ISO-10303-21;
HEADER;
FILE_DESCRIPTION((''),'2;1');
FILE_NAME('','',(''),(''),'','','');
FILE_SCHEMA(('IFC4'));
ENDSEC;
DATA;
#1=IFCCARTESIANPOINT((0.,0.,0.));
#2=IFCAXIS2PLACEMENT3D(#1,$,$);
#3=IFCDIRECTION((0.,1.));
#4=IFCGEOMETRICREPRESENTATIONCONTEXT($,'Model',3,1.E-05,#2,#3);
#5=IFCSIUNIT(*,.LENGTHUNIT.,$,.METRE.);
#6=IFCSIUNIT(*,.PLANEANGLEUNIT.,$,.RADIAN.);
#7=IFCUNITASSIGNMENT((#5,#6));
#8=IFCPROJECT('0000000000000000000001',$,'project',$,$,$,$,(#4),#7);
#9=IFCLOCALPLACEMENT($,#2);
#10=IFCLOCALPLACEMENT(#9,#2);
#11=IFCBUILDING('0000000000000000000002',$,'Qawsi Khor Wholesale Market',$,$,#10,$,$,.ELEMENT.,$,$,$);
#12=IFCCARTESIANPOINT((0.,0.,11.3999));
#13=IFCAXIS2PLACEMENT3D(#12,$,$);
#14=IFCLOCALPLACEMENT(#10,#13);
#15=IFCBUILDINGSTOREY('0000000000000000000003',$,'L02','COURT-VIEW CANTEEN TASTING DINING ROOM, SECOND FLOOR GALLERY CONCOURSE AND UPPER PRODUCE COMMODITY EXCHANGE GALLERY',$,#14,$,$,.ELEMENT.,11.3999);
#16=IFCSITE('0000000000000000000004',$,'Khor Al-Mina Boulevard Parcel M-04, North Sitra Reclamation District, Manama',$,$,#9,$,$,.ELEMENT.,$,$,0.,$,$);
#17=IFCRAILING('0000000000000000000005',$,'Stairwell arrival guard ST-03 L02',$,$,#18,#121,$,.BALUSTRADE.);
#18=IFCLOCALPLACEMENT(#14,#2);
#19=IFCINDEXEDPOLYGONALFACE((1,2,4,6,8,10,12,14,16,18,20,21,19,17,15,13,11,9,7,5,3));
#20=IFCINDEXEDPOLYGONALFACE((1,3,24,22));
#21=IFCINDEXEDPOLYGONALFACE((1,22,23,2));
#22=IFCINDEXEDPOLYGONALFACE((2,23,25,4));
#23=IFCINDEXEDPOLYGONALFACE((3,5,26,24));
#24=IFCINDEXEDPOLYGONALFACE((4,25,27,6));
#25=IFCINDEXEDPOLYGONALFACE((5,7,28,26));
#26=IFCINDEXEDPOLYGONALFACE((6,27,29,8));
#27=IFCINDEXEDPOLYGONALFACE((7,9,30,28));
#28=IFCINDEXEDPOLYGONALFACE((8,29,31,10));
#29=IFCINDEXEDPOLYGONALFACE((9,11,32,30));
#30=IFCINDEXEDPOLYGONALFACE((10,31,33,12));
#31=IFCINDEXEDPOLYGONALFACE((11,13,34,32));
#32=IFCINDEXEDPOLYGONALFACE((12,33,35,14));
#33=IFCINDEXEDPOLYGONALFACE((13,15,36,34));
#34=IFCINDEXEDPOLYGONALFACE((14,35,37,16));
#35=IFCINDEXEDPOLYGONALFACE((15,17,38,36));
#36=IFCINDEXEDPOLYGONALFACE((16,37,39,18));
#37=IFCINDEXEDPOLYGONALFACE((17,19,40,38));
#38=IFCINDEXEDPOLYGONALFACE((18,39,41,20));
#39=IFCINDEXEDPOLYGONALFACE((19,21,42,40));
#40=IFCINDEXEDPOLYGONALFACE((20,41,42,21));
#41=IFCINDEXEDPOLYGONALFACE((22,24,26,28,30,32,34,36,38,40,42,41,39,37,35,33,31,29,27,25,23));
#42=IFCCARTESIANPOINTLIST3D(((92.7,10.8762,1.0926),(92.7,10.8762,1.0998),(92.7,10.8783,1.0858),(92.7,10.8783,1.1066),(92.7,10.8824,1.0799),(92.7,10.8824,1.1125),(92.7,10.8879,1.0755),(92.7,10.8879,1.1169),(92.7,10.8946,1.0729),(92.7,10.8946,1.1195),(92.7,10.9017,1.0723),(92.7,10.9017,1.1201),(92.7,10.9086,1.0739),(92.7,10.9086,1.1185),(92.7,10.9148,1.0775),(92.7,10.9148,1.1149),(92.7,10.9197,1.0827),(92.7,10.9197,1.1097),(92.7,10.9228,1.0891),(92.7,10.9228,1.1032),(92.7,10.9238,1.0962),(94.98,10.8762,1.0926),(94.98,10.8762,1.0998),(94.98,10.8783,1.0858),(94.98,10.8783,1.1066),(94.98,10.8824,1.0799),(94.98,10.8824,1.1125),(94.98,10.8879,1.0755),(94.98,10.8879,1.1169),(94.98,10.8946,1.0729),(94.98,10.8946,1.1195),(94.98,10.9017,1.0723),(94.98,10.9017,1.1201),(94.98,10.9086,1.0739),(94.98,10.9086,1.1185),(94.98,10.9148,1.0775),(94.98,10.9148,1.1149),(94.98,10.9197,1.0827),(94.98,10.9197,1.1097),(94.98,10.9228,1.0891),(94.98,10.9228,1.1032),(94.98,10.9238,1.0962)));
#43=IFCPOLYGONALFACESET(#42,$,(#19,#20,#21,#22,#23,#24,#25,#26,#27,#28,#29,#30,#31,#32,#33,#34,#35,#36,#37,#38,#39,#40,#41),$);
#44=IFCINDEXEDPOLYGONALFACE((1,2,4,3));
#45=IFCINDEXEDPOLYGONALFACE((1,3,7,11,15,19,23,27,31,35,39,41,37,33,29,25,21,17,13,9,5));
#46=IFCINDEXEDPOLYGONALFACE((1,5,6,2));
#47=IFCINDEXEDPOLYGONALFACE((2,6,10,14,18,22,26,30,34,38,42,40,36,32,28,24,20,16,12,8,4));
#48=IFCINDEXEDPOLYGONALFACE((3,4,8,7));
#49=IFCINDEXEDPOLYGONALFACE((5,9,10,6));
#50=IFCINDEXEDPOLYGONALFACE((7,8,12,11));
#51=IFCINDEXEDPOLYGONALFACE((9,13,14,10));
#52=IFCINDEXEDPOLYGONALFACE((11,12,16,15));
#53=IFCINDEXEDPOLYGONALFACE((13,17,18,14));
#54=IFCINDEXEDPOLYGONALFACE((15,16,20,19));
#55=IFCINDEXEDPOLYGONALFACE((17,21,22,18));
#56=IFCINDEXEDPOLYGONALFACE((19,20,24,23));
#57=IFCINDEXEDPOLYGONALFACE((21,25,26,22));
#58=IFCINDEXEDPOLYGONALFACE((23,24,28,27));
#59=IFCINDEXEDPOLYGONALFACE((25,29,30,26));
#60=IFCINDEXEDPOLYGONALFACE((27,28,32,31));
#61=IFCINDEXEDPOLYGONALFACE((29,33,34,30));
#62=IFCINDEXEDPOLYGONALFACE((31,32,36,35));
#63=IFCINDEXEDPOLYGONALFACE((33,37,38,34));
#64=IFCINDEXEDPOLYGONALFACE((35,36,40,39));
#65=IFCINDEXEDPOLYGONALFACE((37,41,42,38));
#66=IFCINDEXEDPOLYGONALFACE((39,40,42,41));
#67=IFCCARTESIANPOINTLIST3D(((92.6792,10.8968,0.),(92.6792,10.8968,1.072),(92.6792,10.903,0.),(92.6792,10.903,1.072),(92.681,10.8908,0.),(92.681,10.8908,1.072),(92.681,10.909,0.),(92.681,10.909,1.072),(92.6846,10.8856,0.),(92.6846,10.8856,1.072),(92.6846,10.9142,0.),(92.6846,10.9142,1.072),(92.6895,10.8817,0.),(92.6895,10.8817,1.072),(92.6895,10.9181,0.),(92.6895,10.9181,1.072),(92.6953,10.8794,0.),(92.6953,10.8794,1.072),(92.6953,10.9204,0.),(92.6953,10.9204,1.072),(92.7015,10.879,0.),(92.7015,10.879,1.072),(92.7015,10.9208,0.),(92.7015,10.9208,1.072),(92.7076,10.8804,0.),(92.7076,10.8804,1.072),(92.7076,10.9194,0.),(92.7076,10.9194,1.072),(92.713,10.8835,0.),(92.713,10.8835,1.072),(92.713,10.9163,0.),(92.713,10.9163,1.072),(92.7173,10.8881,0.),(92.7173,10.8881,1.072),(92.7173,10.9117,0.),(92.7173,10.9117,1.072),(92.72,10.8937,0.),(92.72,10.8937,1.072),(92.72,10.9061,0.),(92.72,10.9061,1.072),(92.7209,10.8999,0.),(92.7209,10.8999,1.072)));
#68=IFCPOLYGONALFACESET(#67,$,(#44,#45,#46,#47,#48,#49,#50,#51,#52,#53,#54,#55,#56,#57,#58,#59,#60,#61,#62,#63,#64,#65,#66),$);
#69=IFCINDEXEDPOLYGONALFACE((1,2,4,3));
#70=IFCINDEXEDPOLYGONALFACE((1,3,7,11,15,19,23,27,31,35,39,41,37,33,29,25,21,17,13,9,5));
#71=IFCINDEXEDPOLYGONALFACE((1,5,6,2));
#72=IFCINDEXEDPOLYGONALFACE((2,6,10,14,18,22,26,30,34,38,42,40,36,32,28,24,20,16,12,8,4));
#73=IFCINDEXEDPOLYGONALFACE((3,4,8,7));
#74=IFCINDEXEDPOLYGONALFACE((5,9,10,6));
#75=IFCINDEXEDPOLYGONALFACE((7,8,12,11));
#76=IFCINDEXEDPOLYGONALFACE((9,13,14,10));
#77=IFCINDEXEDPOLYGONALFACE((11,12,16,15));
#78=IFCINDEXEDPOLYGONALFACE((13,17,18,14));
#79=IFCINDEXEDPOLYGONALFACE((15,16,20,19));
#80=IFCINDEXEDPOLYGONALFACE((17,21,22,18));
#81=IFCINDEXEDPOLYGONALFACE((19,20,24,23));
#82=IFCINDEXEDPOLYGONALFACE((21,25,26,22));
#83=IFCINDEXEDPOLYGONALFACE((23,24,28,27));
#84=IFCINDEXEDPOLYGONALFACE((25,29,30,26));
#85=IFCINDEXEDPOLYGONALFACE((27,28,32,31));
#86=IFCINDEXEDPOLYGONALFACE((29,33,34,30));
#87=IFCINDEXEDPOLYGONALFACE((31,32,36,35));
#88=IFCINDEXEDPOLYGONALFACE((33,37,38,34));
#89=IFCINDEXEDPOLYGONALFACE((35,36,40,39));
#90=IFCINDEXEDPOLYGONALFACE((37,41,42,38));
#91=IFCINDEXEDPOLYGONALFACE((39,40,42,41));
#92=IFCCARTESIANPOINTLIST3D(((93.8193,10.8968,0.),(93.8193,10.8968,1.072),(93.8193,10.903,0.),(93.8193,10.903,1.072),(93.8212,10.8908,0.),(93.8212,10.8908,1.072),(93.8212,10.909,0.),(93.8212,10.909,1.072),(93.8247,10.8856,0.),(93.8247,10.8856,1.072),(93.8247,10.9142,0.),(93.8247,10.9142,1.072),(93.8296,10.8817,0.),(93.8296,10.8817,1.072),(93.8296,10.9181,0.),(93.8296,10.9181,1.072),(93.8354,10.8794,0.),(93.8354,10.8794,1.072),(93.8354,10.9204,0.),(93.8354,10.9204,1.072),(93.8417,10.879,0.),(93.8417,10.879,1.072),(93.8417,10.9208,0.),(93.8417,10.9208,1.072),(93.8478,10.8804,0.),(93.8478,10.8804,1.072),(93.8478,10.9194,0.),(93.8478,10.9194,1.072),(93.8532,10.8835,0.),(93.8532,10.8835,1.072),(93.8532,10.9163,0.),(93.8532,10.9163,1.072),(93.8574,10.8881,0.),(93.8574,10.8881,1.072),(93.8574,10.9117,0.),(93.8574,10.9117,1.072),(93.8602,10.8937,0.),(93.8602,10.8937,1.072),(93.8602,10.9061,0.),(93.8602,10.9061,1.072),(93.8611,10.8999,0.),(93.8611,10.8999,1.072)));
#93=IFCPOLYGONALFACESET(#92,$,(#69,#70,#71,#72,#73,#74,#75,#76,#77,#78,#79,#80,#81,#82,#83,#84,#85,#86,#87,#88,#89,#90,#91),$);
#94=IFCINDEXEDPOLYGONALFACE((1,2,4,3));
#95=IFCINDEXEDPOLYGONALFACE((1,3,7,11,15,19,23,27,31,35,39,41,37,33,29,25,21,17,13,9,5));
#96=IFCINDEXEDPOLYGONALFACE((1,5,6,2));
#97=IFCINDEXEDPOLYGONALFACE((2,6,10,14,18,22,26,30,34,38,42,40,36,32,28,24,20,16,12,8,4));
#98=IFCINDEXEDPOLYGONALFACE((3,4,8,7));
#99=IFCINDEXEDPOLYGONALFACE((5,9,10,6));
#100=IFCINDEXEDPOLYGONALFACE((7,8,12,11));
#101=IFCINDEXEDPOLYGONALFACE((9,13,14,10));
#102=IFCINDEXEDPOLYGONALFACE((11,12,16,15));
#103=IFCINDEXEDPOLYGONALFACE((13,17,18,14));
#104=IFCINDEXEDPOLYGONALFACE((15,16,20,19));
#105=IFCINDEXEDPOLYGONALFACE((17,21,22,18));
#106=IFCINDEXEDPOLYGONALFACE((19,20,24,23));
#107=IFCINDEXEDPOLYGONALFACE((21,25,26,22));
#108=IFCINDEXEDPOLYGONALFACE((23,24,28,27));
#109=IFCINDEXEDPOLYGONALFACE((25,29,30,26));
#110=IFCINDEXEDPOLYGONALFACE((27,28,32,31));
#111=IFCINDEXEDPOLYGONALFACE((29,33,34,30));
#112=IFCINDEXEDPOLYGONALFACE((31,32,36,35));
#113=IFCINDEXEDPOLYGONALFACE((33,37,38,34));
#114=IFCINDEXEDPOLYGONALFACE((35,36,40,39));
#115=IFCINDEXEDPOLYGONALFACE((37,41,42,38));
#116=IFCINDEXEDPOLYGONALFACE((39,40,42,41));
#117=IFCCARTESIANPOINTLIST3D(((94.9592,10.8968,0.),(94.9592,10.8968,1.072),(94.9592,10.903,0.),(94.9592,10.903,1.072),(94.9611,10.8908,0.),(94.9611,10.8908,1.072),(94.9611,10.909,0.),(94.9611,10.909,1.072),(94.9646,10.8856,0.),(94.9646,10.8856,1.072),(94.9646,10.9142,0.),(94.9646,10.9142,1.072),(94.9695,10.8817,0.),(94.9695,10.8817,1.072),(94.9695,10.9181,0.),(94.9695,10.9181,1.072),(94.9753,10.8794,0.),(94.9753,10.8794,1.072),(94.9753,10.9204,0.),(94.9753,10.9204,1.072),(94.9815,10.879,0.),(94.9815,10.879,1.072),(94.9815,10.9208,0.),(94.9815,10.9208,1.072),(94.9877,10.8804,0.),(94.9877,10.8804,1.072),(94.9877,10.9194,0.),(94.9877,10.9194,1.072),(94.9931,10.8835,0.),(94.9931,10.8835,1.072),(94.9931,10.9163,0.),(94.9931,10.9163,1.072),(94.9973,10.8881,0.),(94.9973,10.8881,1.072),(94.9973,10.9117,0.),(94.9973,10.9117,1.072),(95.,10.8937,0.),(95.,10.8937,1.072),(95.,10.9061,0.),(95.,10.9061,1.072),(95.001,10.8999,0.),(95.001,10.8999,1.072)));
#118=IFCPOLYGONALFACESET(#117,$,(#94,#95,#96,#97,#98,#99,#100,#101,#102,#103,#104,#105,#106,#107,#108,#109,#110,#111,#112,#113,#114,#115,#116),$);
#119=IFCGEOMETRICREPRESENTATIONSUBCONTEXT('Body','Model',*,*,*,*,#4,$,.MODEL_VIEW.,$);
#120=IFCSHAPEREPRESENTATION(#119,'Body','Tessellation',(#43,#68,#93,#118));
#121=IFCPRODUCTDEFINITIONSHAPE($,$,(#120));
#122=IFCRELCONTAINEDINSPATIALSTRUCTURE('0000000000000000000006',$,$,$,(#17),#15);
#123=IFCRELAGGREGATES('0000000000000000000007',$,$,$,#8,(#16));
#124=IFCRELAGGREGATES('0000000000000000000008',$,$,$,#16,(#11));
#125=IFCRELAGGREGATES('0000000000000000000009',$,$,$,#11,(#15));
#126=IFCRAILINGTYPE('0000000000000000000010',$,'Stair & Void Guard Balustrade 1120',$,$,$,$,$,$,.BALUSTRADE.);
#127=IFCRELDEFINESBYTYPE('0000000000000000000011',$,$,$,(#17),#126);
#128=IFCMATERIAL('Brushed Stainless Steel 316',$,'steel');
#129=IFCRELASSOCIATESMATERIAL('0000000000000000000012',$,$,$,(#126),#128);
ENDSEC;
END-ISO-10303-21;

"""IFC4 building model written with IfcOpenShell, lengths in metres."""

from ifc_helpers import new_model, si_unit, direction, frame, origin, origin_2d, place, context, subcontext, project, spatial, circle, extrude, material, type_object, element, save


model = new_model("IFC4")

# Units and contexts
model_context = context("Model", 3, precision=1e-05, world=origin(), true_north=direction((0.0, 1.0)))
body_context = subcontext(model_context, "Body", "Model", "MODEL_VIEW")
ifc_project = project(units=[si_unit("LENGTHUNIT", "METRE"), si_unit("PLANEANGLEUNIT", "RADIAN")], contexts=[model_context])

# Site, building, storey
site_placement = place(None, origin())
site = spatial("IfcSite", under=ifc_project, at=site_placement, Name="Khor Al-Mina Boulevard Parcel M-04, North Sitra Reclamation District, Manama", CompositionType="ELEMENT", RefElevation=0.0)
building_placement = place(site_placement, origin())
building = spatial("IfcBuilding", under=site, at=building_placement, Name="Qawsi Khor Wholesale Market", CompositionType="ELEMENT")
storey_placement = place(building_placement, frame((0.0, 0.0, 11.3999)))
storey = spatial("IfcBuildingStorey", under=building, at=storey_placement, Name="L02", Description="COURT-VIEW CANTEEN TASTING DINING ROOM, SECOND FLOOR GALLERY CONCOURSE AND UPPER PRODUCE COMMODITY EXCHANGE GALLERY", CompositionType="ELEMENT", Elevation=11.3999)

# Railing
ifc_material_1 = material(Name="Brushed Stainless Steel 316", Category="steel")
railing_type = type_object("IfcRailingType", Name="Stair & Void Guard Balustrade 1120", PredefinedType="BALUSTRADE", material=ifc_material_1)
railing_placement = place(storey_placement, frame((92.7, 10.8999, 0.0)))
element("IfcRailing", 1, at=railing_placement, inside=storey, type_object=railing_type, Name="Stairwell arrival guard ST-03 L02", PredefinedType="BALUSTRADE", context=body_context, shape_type="SweptSolid", body=[
    extrude(circle(Radius=0.0239, at=origin_2d()), frame((0.0, 0.0, 1.0962), z_axis=(1.0, 0.0, 0.0), x_axis=(0.0, 1.0, 0.0)), (0.0, 0.0, 1.0), 2.28),
    extrude(circle(Radius=0.021, at=origin_2d()), origin(), (0.0, 0.0, 1.0), 1.072),
    extrude(circle(Radius=0.021, at=origin_2d()), frame((1.1401, 0.0, 0.0)), (0.0, 0.0, 1.0), 1.072),
    extrude(circle(Radius=0.021, at=origin_2d()), frame((2.28, 0.0, 0.0)), (0.0, 0.0, 1.0), 1.072),
])

save(model, "model.ifc")
